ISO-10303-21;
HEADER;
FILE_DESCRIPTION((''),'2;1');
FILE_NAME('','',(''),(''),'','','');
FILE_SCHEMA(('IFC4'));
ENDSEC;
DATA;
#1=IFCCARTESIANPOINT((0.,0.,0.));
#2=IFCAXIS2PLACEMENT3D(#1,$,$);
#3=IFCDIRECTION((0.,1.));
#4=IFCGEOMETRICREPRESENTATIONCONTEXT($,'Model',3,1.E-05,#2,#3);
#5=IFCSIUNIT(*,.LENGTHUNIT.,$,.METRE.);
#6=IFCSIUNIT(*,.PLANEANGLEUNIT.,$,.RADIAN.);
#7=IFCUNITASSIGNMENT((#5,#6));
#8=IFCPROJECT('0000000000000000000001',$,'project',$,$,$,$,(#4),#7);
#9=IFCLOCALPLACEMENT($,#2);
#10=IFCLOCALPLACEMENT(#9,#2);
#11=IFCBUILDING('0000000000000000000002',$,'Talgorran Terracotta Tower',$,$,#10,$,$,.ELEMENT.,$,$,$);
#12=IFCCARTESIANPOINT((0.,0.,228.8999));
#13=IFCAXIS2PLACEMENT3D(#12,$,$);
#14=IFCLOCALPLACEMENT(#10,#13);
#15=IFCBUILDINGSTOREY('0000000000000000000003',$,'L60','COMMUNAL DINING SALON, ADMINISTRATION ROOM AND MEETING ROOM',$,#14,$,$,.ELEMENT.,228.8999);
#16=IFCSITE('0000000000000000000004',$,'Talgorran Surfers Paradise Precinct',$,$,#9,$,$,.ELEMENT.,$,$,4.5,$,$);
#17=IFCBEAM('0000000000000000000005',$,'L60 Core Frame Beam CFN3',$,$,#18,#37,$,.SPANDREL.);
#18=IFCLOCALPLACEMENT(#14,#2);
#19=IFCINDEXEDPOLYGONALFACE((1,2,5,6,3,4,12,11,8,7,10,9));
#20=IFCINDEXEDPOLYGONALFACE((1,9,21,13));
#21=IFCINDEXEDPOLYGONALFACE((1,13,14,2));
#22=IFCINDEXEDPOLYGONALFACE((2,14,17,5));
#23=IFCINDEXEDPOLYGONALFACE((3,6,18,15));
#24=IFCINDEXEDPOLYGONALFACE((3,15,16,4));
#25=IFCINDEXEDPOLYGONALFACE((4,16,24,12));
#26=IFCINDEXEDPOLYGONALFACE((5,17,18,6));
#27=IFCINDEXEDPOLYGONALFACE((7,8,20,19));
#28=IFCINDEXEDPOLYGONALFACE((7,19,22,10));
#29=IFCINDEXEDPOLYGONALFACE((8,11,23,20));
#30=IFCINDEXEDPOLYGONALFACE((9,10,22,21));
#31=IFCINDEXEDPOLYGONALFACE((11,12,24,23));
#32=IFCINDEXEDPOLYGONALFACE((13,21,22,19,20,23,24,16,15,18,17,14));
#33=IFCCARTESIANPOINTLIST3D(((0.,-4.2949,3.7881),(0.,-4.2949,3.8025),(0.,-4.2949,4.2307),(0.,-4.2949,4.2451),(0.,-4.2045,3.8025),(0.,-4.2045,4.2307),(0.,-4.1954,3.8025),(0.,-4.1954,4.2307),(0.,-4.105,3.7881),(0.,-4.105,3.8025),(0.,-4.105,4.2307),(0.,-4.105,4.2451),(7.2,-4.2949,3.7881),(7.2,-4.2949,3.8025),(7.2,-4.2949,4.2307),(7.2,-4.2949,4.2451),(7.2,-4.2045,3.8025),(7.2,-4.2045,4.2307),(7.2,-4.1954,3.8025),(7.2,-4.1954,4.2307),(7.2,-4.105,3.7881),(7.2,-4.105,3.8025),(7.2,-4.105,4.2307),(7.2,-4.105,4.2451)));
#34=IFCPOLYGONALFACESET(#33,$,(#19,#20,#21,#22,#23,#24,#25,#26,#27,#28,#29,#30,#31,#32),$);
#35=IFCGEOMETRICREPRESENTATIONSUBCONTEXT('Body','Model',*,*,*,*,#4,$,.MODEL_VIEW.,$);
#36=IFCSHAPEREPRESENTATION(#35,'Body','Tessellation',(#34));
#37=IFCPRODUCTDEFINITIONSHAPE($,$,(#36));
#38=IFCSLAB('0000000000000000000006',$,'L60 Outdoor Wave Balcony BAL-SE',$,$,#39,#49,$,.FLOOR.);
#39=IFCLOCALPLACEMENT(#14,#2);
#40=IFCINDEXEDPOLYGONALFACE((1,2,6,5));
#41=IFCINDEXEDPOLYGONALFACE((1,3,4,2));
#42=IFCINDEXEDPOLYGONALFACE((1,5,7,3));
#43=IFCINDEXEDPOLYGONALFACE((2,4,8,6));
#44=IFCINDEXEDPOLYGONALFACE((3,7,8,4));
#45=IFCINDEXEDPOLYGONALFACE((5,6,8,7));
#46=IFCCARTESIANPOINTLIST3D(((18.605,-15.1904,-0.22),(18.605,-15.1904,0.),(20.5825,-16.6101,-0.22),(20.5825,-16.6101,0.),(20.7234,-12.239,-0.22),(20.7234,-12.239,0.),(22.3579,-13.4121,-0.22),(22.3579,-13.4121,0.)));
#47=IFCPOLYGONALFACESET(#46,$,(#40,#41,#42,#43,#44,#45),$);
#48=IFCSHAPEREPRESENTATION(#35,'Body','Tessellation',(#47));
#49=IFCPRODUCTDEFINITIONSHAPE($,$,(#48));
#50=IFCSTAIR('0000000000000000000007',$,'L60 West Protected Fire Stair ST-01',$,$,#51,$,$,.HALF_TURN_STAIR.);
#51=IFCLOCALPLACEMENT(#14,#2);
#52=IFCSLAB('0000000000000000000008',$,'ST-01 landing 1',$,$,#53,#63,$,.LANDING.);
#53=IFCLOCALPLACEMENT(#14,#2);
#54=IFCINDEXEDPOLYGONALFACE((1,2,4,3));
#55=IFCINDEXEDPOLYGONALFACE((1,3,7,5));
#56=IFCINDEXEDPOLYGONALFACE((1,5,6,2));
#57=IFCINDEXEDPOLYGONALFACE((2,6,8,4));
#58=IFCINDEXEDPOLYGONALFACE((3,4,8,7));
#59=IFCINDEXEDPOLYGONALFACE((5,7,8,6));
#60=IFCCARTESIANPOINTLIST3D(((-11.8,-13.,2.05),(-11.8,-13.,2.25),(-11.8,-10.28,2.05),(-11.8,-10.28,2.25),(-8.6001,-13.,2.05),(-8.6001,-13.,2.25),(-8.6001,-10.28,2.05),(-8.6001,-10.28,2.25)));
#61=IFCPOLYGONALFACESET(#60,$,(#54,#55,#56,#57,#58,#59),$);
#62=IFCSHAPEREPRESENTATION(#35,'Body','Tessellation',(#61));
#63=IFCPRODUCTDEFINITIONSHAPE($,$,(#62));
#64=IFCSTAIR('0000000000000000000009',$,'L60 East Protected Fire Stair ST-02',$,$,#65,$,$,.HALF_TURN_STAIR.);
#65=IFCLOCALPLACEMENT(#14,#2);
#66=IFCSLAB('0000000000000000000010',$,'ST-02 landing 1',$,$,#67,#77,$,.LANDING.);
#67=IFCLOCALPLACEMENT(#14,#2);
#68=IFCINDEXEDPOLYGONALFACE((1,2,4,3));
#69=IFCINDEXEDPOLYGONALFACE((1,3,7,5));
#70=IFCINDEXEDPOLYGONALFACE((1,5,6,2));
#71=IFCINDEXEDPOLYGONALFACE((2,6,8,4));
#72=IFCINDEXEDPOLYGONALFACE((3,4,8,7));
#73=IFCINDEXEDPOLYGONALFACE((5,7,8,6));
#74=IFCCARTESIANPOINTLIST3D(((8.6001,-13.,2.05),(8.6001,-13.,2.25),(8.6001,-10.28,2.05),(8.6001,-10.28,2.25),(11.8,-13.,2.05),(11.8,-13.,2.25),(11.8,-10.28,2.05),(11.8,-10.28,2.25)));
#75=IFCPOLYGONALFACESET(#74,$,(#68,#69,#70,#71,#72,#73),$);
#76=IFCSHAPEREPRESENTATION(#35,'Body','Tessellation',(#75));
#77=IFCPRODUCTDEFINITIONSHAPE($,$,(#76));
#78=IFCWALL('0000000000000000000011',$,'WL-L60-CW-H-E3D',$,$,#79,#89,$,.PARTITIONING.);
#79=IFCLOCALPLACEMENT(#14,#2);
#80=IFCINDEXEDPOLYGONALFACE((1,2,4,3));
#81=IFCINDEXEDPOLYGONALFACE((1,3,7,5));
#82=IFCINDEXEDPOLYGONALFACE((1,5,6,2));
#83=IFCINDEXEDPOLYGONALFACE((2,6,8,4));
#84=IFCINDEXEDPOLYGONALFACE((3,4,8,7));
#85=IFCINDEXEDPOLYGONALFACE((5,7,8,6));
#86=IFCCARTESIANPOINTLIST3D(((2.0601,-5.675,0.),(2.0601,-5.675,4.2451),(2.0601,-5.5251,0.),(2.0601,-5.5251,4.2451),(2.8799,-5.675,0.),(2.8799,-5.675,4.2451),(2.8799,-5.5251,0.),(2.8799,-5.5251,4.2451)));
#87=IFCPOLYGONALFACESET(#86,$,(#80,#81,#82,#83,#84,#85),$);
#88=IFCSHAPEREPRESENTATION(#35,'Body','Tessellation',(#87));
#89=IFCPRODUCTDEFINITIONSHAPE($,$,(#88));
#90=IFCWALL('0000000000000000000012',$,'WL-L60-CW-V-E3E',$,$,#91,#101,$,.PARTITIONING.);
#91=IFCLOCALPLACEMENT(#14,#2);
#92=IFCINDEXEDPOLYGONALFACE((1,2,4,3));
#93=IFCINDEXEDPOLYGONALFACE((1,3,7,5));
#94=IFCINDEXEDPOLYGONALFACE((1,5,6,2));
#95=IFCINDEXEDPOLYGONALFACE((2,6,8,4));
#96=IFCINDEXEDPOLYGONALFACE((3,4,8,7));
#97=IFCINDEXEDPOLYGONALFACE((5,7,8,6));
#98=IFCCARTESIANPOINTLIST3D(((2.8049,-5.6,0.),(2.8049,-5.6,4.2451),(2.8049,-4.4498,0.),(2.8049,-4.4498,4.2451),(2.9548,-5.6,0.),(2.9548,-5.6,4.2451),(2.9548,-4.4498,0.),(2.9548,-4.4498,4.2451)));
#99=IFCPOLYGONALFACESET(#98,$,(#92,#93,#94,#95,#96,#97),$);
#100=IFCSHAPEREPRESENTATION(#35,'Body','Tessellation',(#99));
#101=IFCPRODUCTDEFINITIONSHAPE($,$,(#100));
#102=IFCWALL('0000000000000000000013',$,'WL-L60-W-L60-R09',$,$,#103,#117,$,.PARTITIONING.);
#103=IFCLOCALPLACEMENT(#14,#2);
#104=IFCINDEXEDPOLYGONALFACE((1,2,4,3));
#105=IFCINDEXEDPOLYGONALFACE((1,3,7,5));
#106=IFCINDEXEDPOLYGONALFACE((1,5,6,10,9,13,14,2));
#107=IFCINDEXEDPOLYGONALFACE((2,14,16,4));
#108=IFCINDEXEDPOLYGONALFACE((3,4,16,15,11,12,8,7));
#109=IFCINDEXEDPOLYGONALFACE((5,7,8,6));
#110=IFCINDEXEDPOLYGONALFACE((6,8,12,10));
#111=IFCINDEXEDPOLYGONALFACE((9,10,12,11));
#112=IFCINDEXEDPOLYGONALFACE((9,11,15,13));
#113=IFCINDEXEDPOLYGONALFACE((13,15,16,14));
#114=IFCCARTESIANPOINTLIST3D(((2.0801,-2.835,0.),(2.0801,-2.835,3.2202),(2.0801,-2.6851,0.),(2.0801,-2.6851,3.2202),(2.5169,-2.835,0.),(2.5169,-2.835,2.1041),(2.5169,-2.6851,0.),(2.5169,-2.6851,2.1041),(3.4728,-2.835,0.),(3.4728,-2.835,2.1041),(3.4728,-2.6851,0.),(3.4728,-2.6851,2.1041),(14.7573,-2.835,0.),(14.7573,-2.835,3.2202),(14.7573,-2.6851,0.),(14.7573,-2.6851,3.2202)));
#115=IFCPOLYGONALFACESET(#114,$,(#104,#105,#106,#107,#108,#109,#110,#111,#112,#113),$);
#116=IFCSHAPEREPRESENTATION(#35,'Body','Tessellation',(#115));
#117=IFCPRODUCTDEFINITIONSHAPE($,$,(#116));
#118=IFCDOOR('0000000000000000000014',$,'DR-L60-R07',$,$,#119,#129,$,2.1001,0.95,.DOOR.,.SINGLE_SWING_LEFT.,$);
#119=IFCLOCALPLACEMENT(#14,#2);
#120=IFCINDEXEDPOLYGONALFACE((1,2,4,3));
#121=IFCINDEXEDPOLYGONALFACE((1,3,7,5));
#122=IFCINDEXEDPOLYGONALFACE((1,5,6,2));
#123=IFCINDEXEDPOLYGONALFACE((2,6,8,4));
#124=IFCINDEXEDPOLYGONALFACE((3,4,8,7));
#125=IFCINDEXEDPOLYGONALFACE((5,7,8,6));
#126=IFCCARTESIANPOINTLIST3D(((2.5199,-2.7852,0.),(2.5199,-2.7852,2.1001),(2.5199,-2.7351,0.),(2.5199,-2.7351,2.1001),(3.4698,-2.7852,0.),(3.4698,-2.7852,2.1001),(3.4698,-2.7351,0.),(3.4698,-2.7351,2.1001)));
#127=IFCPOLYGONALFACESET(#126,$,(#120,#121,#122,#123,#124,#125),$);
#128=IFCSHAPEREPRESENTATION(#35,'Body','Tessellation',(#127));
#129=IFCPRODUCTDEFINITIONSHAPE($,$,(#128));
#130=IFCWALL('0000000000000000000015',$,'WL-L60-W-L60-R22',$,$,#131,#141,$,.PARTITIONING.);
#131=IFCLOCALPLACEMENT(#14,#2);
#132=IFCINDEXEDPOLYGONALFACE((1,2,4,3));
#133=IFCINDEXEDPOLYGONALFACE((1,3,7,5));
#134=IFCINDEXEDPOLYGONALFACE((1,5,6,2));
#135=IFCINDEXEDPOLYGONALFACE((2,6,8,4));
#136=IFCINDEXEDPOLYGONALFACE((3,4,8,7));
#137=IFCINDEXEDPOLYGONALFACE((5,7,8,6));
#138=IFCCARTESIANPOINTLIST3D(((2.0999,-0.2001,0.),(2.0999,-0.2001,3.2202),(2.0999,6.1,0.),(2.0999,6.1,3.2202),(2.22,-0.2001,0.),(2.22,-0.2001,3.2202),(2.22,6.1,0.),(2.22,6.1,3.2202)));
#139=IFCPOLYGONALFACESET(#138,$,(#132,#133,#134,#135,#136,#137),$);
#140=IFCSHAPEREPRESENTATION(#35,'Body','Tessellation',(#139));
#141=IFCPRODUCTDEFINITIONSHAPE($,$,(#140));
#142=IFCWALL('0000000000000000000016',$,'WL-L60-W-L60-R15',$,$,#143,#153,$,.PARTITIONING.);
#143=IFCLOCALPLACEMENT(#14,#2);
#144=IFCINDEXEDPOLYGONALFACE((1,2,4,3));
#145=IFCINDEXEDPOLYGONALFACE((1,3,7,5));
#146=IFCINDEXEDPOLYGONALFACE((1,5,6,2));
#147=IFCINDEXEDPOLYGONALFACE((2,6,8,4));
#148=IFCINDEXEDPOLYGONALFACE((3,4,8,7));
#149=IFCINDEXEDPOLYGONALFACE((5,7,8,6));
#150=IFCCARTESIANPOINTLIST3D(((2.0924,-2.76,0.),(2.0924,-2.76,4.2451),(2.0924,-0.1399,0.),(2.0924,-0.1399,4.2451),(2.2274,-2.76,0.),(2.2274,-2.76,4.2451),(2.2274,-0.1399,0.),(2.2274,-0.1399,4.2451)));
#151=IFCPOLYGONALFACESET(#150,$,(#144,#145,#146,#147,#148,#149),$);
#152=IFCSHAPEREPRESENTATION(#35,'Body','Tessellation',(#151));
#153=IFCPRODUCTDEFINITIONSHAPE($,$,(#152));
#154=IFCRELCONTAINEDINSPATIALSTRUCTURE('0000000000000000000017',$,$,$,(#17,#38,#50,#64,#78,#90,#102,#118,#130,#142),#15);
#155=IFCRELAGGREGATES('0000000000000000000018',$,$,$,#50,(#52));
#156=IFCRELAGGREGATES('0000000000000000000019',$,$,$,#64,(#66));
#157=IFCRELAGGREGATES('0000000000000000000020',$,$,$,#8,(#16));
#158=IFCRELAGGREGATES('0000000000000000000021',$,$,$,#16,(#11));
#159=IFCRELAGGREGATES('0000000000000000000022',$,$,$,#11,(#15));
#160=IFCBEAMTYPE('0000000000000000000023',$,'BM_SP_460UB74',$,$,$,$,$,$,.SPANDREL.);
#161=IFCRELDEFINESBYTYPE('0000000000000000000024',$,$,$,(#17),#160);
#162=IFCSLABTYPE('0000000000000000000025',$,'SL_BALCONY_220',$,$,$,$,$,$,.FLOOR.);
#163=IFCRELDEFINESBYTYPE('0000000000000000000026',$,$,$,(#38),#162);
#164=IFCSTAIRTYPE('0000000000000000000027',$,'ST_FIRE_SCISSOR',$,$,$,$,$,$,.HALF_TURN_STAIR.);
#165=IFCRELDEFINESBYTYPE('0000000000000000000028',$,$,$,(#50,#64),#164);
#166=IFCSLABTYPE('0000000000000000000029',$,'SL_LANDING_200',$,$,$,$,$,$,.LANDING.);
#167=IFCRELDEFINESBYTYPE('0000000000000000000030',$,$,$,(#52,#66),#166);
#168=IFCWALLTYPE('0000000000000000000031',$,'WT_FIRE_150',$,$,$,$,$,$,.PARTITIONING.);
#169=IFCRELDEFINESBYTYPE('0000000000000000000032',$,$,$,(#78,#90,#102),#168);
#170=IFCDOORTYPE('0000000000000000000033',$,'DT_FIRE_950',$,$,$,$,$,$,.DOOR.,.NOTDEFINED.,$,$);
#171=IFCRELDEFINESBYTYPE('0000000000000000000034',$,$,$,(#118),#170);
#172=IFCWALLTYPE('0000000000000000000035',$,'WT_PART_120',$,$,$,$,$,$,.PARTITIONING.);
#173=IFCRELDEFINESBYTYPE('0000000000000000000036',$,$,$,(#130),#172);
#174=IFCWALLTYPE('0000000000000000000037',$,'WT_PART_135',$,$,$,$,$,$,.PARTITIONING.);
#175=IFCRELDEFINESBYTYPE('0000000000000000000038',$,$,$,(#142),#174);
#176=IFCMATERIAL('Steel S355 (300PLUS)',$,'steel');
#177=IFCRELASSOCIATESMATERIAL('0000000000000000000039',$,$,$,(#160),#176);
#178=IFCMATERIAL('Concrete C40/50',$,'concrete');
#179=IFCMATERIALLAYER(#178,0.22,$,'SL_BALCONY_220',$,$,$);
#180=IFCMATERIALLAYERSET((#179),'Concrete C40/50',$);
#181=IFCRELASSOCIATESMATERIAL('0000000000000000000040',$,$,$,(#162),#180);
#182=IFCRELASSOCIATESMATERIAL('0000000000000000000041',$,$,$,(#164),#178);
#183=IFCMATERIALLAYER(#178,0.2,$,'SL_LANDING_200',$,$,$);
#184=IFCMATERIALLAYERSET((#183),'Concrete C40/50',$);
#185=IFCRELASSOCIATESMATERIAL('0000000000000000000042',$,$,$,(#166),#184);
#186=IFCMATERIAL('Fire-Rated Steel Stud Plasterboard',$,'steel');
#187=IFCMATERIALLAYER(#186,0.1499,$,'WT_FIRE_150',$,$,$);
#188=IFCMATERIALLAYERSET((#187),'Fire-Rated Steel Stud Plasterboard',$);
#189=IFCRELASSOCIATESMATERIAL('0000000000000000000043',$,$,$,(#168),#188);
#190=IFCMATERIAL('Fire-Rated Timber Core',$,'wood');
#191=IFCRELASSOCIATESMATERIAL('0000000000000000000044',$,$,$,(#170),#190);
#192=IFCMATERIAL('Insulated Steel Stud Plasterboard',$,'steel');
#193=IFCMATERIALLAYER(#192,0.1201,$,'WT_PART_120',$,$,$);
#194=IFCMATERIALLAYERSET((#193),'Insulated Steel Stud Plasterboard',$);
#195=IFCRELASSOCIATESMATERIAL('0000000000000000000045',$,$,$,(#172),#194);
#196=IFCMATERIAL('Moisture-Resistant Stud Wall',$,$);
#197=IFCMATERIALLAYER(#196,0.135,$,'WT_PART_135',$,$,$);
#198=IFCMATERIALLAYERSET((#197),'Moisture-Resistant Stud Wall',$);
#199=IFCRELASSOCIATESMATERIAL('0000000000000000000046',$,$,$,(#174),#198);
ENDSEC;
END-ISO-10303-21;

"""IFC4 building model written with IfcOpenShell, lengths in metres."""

from ifc_helpers import new_model, si_unit, direction, frame, frame_2d, origin, origin_2d, place, context, subcontext, project, spatial, polyline, rectangle, i_section, outline, extrude, material, layer, layer_set, material_profile, profile_set, type_object, element, fill, aggregate, save


model = new_model("IFC4")

# Units and contexts
model_context = context("Model", 3, precision=1e-05, world=origin(), true_north=direction((0.0, 1.0)))
body_context = subcontext(model_context, "Body", "Model", "MODEL_VIEW")
ifc_project = project(units=[si_unit("LENGTHUNIT", "METRE"), si_unit("PLANEANGLEUNIT", "RADIAN")], contexts=[model_context])

# Site, building, storey
site_placement = place(None, origin())
site = spatial("IfcSite", under=ifc_project, at=site_placement, Name="Talgorran Surfers Paradise Precinct", CompositionType="ELEMENT", RefElevation=4.5)
building_placement = place(site_placement, origin())
building = spatial("IfcBuilding", under=site, at=building_placement, Name="Talgorran Terracotta Tower", CompositionType="ELEMENT")
storey_placement = place(building_placement, frame((0.0, 0.0, 228.8999)))
storey = spatial("IfcBuildingStorey", under=building, at=storey_placement, Name="L60", Description="COMMUNAL DINING SALON, ADMINISTRATION ROOM AND MEETING ROOM", CompositionType="ELEMENT", Elevation=228.8999)

# Shared definitions
ifc_material_1 = material(Name="Steel S355 (300PLUS)", Category="steel")

# Beam
ifc_material_profile_1 = material_profile(ifc_material_1, i_section(OverallWidth=0.1899, OverallDepth=0.457, WebThickness=0.009, FlangeThickness=0.0144, at=origin_2d()), Name="460UB74.6")
ifc_profile_set_1 = profile_set([ifc_material_profile_1], Name="Steel S355 (300PLUS)")
beam_type_1 = type_object("IfcBeamType", Name="BM_SP_460UB74", PredefinedType="SPANDREL", material=ifc_profile_set_1)
beam_1_placement = place(storey_placement, frame((0.0, -4.2, 4.0166), z_axis=(1.0, 0.0, 0.0), x_axis=(0.0, 1.0, 0.0)))
element("IfcBeam", 1, at=beam_1_placement, inside=storey, type_object=beam_type_1, Name="L60 Core Frame Beam CFN3", PredefinedType="SPANDREL", context=body_context, shape_type="SweptSolid", body=[
    extrude(i_section(OverallWidth=0.1899, OverallDepth=0.457, WebThickness=0.009, FlangeThickness=0.0144, at=origin_2d()), origin(), (0.0, 0.0, 1.0), 7.2),
])

# Slab
ifc_material_2 = material(Name="Concrete C40/50", Category="concrete")
ifc_layer_1 = layer(ifc_material_2, 0.22, Name="SL_BALCONY_220")
ifc_layer_set_1 = layer_set([ifc_layer_1], Name="Concrete C40/50")
slab_type_1 = type_object("IfcSlabType", Name="SL_BALCONY_220", PredefinedType="FLOOR", material=ifc_layer_set_1)
slab_1_placement = place(storey_placement, frame((0.0, 0.0, -0.22)))
element("IfcSlab", 2, at=slab_1_placement, inside=storey, type_object=slab_type_1, Name="L60 Outdoor Wave Balcony BAL-SE", PredefinedType="FLOOR", context=body_context, shape_type="SweptSolid", body=[
    extrude(outline(polyline([(20.7234, -12.239), (18.605, -15.1904), (20.5825, -16.6101), (22.3579, -13.4121), (20.7234, -12.239)])), origin(), (0.0, 0.0, 1.0), 0.22),
])

# Stairs, slabs
stair_type = type_object("IfcStairType", Name="ST_FIRE_SCISSOR", PredefinedType="HALF_TURN_STAIR", material=ifc_material_2)
stair_1_placement = place(storey_placement, origin())
stair_1 = element("IfcStair", 3, at=stair_1_placement, inside=storey, type_object=stair_type, Name="L60 West Protected Fire Stair ST-01", PredefinedType="HALF_TURN_STAIR")
ifc_layer_2 = layer(ifc_material_2, 0.2, Name="SL_LANDING_200")
ifc_layer_set_2 = layer_set([ifc_layer_2], Name="Concrete C40/50")
slab_type_2 = type_object("IfcSlabType", Name="SL_LANDING_200", PredefinedType="LANDING", material=ifc_layer_set_2)
slab_2_placement = place(storey_placement, frame((0.0, 0.0, 2.05)))
slab_2 = element("IfcSlab", 4, at=slab_2_placement, type_object=slab_type_2, Name="ST-01 landing 1", PredefinedType="LANDING", context=body_context, shape_type="SweptSolid", body=[
    extrude(outline(polyline([(-11.8, -10.28), (-11.8, -13.0), (-8.6001, -13.0), (-8.6001, -10.28), (-11.8, -10.28)])), origin(), (0.0, 0.0, 1.0), 0.2),
])
aggregate(stair_1, [slab_2])
stair_2_placement = place(storey_placement, origin())
stair_2 = element("IfcStair", 5, at=stair_2_placement, inside=storey, type_object=stair_type, Name="L60 East Protected Fire Stair ST-02", PredefinedType="HALF_TURN_STAIR")
slab_3_placement = place(storey_placement, frame((0.0, 0.0, 2.05)))
slab_3 = element("IfcSlab", 6, at=slab_3_placement, type_object=slab_type_2, Name="ST-02 landing 1", PredefinedType="LANDING", context=body_context, shape_type="SweptSolid", body=[
    extrude(outline(polyline([(8.6001, -10.28), (8.6001, -13.0), (11.8, -13.0), (11.8, -10.28), (8.6001, -10.28)])), origin(), (0.0, 0.0, 1.0), 0.2),
])
aggregate(stair_2, [slab_3])

# Walls
ifc_material_3 = material(Name="Fire-Rated Steel Stud Plasterboard", Category="steel")
ifc_layer_3 = layer(ifc_material_3, 0.1499, Name="WT_FIRE_150")
ifc_layer_set_3 = layer_set([ifc_layer_3], Name="Fire-Rated Steel Stud Plasterboard")
wall_type_1 = type_object("IfcWallType", Name="WT_FIRE_150", PredefinedType="PARTITIONING", material=ifc_layer_set_3)
wall_1_placement = place(storey_placement, frame((2.0601, -5.6001, 0.0), z_axis=(0.0, 0.0, 1.0), x_axis=(1.0, 0.0, 0.0)))
element("IfcWall", 7, at=wall_1_placement, inside=storey, type_object=wall_type_1, Name="WL-L60-CW-H-E3D", PredefinedType="PARTITIONING", context=body_context, shape_type="SweptSolid", body=[
    extrude(rectangle(XDim=0.8198, YDim=0.1499, at=frame_2d((0.4099, 0.0))), origin(), (0.0, 0.0, 1.0), 4.2451),
])
wall_2_placement = place(storey_placement, frame((2.8799, -5.6001, 0.0), z_axis=(0.0, 0.0, 1.0), x_axis=(0.0, 1.0, 0.0)))
element("IfcWall", 8, at=wall_2_placement, inside=storey, type_object=wall_type_1, Name="WL-L60-CW-V-E3E", PredefinedType="PARTITIONING", context=body_context, shape_type="SweptSolid", body=[
    extrude(rectangle(XDim=1.1501, YDim=0.1499, at=frame_2d((0.5752, 0.0))), origin(), (0.0, 0.0, 1.0), 4.2451),
])

# Wall, opening, door
wall_3_placement = place(storey_placement, frame((2.0801, -2.76, 0.0), z_axis=(0.0, 0.0, 1.0), x_axis=(1.0, 0.0, 0.0)))
wall_3 = element("IfcWall", 9, at=wall_3_placement, inside=storey, type_object=wall_type_1, Name="WL-L60-W-L60-R09", PredefinedType="PARTITIONING", context=body_context, shape_type="SweptSolid", body=[
    extrude(rectangle(XDim=12.6772, YDim=0.1499, at=frame_2d((6.3386, 0.0))), origin(), (0.0, 0.0, 1.0), 3.2202),
])
opening_placement = place(wall_3_placement, frame((0.4397, 0.0, 0.0)))
opening = element("IfcOpeningElement", 10, at=opening_placement, cuts=wall_3, PredefinedType="OPENING", context=body_context, shape_type="SweptSolid", body=[
    extrude(rectangle(XDim=0.956, YDim=2.1041, at=frame_2d((0.4751, 1.052))), frame((0.0, 0.085, 0.0), z_axis=(0.0, -1.0, 0.0), x_axis=(1.0, 0.0, 0.0)), (0.0, 0.0, 1.0), 0.1699),
])
ifc_material_4 = material(Name="Fire-Rated Timber Core", Category="wood")
door_type = type_object("IfcDoorType", Name="DT_FIRE_950", OperationType="NOTDEFINED", PredefinedType="DOOR", material=ifc_material_4)
door_placement = place(opening_placement, origin())
door = element("IfcDoor", 11, at=door_placement, inside=storey, type_object=door_type, Name="DR-L60-R07", OperationType="SINGLE_SWING_LEFT", OverallHeight=2.1001, OverallWidth=0.95, PredefinedType="DOOR", context=body_context, shape_type="SweptSolid", body=[
    extrude(rectangle(XDim=0.95, YDim=2.1001, at=frame_2d((0.4751, 1.05))), frame((0.0, 0.0249, 0.0), z_axis=(0.0, -1.0, 0.0), x_axis=(1.0, 0.0, 0.0)), (0.0, 0.0, 1.0), 0.05),
])
fill(opening, door)

# Walls
ifc_material_5 = material(Name="Insulated Steel Stud Plasterboard", Category="steel")
ifc_layer_4 = layer(ifc_material_5, 0.1201, Name="WT_PART_120")
ifc_layer_set_4 = layer_set([ifc_layer_4], Name="Insulated Steel Stud Plasterboard")
wall_type_2 = type_object("IfcWallType", Name="WT_PART_120", PredefinedType="PARTITIONING", material=ifc_layer_set_4)
wall_4_placement = place(storey_placement, frame((2.1599, -0.2, 0.0), z_axis=(0.0, 0.0, 1.0), x_axis=(0.0, 1.0, 0.0)))
element("IfcWall", 12, at=wall_4_placement, inside=storey, type_object=wall_type_2, Name="WL-L60-W-L60-R22", PredefinedType="PARTITIONING", context=body_context, shape_type="SweptSolid", body=[
    extrude(rectangle(XDim=6.3, YDim=0.1201, at=frame_2d((3.1499, 0.0))), origin(), (0.0, 0.0, 1.0), 3.2202),
])
ifc_material_6 = material(Name="Moisture-Resistant Stud Wall")
ifc_layer_5 = layer(ifc_material_6, 0.135, Name="WT_PART_135")
ifc_layer_set_5 = layer_set([ifc_layer_5], Name="Moisture-Resistant Stud Wall")
wall_type_3 = type_object("IfcWallType", Name="WT_PART_135", PredefinedType="PARTITIONING", material=ifc_layer_set_5)
wall_5_placement = place(storey_placement, frame((2.1599, -2.76, 0.0), z_axis=(0.0, 0.0, 1.0), x_axis=(0.0, 1.0, 0.0)))
element("IfcWall", 13, at=wall_5_placement, inside=storey, type_object=wall_type_3, Name="WL-L60-W-L60-R15", PredefinedType="PARTITIONING", context=body_context, shape_type="SweptSolid", body=[
    extrude(rectangle(XDim=2.6201, YDim=0.135, at=frame_2d((1.3101, 0.0))), origin(), (0.0, 0.0, 1.0), 4.2451),
])

save(model, "model.ifc")
